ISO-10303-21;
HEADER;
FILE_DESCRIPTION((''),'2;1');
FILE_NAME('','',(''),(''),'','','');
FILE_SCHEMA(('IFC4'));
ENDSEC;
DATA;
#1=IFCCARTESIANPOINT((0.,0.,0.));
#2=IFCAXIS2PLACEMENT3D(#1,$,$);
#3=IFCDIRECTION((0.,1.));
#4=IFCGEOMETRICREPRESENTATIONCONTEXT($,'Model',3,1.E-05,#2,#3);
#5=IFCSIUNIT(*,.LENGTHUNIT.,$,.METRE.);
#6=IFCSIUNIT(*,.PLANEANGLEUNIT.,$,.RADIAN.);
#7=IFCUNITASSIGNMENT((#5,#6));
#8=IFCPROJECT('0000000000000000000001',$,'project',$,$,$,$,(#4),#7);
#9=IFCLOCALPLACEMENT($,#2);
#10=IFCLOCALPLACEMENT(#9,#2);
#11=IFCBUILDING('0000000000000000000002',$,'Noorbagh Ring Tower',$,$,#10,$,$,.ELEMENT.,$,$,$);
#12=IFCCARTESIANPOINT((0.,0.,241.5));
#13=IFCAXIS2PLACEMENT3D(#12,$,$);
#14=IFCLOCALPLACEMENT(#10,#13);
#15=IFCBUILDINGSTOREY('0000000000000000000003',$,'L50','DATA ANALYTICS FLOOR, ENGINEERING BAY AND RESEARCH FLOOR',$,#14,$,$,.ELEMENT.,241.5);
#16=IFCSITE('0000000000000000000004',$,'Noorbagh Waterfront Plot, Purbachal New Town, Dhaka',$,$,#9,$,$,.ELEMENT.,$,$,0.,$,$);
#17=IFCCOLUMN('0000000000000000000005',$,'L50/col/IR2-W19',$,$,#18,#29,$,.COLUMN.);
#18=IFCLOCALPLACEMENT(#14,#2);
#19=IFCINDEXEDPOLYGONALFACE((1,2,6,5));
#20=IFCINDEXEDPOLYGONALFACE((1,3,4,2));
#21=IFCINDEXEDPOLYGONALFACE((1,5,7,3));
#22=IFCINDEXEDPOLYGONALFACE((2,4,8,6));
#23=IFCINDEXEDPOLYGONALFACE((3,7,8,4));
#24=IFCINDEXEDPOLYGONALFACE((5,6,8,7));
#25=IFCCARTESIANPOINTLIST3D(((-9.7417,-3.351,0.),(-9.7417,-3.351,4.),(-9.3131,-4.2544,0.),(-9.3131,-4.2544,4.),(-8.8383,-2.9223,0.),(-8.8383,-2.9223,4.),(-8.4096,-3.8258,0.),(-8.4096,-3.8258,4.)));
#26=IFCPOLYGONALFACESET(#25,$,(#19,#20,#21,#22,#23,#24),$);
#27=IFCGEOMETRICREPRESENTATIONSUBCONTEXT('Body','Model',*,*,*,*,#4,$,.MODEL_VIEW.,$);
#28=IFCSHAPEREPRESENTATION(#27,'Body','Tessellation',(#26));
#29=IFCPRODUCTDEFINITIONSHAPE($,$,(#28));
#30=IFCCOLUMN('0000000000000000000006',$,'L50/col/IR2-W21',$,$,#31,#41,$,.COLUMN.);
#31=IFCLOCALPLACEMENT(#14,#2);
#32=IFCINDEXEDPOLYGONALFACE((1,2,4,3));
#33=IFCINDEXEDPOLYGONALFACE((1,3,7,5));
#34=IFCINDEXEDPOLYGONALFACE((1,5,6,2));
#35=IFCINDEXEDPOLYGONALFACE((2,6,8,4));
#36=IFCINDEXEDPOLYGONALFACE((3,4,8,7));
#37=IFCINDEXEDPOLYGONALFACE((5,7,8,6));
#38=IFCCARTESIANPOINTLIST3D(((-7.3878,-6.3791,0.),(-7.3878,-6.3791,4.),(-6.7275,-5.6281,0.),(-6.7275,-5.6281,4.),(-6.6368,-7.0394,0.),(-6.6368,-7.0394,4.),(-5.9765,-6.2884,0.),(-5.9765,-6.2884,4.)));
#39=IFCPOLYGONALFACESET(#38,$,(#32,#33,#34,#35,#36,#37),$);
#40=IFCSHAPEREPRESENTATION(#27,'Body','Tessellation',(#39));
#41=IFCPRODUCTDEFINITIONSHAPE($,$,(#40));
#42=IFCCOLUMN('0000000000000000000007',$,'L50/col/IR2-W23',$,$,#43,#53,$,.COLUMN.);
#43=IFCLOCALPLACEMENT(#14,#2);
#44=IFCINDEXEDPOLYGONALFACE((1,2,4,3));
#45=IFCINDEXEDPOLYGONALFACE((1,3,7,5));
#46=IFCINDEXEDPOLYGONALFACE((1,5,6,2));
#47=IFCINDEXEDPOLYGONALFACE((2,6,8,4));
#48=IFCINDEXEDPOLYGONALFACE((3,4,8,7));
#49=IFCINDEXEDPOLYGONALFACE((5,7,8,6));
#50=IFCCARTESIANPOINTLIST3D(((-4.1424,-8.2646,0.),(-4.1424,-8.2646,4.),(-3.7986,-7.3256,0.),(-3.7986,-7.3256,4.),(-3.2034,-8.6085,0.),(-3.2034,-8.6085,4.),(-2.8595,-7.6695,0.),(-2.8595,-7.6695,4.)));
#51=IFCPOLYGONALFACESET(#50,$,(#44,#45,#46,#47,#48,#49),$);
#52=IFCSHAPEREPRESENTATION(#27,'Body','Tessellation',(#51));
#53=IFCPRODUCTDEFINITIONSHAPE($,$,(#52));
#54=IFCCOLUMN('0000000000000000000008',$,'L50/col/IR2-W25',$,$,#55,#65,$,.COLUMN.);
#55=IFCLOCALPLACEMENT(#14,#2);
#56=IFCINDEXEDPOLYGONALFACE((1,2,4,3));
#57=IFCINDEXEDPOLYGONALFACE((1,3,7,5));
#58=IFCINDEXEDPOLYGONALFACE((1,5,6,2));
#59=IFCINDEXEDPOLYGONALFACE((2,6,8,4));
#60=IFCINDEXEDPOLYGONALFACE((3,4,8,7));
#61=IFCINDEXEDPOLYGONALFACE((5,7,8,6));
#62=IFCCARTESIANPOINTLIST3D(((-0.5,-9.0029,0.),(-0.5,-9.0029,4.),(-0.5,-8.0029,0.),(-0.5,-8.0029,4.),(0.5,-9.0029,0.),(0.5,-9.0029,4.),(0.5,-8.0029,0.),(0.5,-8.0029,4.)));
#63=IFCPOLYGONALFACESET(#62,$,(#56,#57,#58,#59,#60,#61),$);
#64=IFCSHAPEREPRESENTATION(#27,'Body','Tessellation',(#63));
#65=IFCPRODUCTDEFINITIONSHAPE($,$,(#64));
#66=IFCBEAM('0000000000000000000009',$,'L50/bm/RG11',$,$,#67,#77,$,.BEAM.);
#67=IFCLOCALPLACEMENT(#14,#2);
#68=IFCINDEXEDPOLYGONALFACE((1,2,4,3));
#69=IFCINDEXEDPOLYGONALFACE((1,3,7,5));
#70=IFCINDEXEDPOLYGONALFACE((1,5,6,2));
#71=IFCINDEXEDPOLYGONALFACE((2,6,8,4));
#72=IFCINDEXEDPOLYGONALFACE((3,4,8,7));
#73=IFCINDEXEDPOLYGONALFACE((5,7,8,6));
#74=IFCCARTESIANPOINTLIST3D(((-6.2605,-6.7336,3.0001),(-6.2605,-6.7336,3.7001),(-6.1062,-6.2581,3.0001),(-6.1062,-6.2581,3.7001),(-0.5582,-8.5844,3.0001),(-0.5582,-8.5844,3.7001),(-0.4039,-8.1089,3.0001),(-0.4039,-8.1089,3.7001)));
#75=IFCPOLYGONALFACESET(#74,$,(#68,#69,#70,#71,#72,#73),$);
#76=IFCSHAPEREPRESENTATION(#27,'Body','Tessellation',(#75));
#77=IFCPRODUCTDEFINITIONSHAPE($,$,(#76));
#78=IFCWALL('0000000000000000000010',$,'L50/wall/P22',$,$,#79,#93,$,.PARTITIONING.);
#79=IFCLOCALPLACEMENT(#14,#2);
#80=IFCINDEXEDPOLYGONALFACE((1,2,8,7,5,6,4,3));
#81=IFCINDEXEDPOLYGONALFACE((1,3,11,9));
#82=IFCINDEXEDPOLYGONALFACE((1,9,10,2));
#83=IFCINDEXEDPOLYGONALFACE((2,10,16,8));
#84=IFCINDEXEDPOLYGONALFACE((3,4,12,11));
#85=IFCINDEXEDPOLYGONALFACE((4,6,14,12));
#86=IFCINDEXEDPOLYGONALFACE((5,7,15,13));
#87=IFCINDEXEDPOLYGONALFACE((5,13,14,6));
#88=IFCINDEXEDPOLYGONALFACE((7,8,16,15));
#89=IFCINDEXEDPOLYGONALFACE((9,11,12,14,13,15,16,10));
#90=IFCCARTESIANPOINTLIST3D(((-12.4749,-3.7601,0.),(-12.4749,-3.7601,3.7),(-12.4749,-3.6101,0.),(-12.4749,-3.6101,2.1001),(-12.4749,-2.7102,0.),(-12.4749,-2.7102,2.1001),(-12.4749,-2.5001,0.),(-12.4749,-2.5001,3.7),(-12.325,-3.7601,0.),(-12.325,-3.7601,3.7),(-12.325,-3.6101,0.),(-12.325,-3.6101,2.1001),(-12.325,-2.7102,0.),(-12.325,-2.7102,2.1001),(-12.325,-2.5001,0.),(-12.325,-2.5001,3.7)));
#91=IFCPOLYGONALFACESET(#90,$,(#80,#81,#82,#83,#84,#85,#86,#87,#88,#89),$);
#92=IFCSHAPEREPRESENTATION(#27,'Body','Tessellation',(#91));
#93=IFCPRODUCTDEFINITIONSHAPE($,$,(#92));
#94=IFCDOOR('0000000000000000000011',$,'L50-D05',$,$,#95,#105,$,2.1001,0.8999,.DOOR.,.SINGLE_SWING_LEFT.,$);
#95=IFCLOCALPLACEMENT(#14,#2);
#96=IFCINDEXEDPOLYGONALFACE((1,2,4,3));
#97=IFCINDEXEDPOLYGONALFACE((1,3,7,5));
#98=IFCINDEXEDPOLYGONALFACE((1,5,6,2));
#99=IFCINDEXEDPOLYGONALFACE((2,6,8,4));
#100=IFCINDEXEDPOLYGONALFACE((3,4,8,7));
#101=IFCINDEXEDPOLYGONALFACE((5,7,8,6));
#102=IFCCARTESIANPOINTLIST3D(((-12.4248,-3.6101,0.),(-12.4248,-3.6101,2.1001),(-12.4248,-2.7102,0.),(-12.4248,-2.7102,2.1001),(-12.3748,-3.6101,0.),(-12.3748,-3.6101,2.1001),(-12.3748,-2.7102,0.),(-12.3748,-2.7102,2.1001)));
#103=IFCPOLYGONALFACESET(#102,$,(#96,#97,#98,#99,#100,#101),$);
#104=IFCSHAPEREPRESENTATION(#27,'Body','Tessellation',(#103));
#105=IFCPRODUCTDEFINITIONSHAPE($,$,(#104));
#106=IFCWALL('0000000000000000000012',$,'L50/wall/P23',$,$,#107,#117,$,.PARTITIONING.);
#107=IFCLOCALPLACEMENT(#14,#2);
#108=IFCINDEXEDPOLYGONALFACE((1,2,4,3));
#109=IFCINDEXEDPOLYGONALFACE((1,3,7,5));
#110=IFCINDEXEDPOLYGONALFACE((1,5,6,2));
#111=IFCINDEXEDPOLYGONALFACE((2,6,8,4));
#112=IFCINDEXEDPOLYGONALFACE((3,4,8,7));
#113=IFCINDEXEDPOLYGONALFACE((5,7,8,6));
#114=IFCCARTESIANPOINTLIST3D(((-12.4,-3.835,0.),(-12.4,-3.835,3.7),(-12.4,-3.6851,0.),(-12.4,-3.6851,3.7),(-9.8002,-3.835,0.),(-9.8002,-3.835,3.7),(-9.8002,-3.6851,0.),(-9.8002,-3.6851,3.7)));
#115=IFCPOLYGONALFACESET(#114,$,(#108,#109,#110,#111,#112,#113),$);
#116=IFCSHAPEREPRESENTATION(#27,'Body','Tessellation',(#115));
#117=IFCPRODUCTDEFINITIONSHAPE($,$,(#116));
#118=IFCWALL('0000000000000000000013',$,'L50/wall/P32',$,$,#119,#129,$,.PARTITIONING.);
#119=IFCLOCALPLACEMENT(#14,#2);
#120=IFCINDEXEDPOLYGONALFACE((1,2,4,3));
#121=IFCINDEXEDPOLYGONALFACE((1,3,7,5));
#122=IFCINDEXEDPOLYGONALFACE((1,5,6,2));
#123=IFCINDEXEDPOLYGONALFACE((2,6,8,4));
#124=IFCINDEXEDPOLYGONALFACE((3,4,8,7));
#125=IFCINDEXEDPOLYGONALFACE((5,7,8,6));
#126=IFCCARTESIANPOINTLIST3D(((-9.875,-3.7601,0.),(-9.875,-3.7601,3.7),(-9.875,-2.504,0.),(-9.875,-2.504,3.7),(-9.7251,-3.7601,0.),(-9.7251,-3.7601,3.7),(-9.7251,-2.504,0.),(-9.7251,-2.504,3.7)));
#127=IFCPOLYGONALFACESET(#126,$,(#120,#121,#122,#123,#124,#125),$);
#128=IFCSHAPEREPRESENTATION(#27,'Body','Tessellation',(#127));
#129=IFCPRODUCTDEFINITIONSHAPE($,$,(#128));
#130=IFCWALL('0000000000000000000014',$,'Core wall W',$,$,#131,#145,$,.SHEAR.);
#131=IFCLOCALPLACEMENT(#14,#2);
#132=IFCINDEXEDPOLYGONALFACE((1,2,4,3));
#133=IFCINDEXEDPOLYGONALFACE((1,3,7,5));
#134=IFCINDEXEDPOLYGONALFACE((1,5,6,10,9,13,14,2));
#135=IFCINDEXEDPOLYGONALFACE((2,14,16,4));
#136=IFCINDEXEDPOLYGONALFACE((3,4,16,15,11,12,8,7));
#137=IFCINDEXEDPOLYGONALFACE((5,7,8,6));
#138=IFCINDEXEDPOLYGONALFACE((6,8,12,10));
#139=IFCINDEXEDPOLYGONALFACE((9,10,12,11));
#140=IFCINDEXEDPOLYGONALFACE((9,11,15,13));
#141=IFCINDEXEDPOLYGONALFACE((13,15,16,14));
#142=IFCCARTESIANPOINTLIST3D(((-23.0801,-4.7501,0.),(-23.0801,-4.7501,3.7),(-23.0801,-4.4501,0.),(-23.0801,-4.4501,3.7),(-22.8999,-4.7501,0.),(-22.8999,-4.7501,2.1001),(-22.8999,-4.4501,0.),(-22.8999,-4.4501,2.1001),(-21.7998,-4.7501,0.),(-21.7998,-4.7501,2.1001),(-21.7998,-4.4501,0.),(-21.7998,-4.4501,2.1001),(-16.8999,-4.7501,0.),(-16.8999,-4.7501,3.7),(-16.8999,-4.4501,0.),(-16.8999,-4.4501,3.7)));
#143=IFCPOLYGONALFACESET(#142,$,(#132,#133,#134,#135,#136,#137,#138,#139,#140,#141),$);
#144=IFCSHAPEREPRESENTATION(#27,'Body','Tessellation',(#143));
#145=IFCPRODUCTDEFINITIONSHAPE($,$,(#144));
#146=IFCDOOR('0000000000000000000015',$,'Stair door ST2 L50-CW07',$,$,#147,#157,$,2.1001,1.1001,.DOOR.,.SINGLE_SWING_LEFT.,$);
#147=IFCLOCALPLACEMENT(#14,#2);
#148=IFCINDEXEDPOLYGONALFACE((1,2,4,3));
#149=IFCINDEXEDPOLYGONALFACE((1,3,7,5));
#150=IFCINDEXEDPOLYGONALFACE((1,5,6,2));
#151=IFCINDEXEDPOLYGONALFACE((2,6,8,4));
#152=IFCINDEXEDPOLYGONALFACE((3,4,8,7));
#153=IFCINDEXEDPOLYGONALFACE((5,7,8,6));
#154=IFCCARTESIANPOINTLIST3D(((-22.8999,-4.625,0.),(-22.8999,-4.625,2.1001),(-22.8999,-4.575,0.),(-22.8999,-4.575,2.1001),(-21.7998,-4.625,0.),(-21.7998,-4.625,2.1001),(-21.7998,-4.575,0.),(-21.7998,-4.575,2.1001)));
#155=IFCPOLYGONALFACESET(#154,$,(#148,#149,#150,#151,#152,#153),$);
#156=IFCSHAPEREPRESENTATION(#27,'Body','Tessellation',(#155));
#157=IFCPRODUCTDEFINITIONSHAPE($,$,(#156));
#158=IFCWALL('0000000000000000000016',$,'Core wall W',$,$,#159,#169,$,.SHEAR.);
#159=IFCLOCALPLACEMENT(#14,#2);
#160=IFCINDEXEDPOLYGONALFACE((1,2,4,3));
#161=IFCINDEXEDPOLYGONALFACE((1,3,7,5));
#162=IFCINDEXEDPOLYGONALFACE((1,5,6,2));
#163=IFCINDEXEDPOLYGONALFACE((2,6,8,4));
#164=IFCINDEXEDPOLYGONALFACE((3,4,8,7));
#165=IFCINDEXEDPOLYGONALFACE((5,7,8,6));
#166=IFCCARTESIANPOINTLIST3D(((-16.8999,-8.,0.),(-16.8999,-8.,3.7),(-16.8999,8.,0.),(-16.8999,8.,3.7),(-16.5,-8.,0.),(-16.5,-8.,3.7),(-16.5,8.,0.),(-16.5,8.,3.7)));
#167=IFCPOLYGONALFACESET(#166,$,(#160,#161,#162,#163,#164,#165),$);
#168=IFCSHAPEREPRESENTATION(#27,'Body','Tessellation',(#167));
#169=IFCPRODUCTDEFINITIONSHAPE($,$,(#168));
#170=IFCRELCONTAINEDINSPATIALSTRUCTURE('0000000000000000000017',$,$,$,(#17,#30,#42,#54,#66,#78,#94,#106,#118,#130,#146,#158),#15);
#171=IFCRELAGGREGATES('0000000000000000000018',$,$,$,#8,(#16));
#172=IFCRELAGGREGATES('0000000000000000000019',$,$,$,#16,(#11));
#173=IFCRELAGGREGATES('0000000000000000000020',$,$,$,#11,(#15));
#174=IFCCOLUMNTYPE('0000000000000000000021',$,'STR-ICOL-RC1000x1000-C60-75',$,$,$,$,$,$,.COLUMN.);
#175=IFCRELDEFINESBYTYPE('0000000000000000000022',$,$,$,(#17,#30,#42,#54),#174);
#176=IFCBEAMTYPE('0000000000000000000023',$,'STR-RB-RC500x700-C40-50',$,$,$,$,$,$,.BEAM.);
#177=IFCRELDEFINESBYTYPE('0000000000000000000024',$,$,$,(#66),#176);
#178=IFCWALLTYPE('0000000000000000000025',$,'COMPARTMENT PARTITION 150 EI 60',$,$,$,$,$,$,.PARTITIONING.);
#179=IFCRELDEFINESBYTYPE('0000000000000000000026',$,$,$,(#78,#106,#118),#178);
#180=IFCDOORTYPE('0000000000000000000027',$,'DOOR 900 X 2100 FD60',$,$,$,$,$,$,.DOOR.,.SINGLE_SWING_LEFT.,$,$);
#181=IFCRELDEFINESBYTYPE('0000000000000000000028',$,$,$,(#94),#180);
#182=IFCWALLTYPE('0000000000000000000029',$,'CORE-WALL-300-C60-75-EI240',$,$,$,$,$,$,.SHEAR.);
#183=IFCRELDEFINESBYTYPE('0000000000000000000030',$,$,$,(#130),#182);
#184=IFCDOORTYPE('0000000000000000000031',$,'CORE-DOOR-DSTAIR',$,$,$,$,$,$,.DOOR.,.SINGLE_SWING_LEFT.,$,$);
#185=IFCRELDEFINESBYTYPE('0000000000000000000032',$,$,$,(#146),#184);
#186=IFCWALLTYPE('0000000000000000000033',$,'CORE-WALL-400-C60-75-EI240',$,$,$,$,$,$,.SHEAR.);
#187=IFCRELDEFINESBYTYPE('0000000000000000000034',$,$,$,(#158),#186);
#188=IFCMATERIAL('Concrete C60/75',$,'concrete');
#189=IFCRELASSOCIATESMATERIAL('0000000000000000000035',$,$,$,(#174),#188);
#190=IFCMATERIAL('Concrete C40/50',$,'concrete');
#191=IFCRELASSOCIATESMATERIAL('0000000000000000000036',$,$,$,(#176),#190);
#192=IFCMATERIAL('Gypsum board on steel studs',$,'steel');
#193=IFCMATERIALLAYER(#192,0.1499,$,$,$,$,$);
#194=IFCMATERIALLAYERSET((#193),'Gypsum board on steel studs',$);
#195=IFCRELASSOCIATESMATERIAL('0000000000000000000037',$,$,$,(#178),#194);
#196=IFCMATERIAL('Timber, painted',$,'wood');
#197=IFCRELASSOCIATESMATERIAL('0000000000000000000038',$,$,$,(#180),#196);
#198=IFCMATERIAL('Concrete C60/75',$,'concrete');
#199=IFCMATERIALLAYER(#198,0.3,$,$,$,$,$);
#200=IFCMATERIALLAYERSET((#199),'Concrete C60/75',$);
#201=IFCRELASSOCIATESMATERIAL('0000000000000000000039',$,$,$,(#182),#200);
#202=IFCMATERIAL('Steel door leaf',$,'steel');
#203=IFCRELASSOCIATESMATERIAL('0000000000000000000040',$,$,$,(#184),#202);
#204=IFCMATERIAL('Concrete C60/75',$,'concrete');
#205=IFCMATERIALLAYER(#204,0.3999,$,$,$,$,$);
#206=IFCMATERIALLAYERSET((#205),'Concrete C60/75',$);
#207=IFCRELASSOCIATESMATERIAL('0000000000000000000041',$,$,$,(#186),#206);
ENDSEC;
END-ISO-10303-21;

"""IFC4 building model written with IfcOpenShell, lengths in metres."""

from ifc_helpers import new_model, si_unit, direction, frame, frame_2d, origin, origin_2d, place, context, subcontext, project, spatial, rectangle, extrude, material, layer, layer_set, material_profile, profile_set, type_object, element, fill, save


model = new_model("IFC4")

# Units and contexts
model_context = context("Model", 3, precision=1e-05, world=origin(), true_north=direction((0.0, 1.0)))
body_context = subcontext(model_context, "Body", "Model", "MODEL_VIEW")
ifc_project = project(units=[si_unit("LENGTHUNIT", "METRE"), si_unit("PLANEANGLEUNIT", "RADIAN")], contexts=[model_context])

# Site, building, storey
site_placement = place(None, origin())
site = spatial("IfcSite", under=ifc_project, at=site_placement, Name="Noorbagh Waterfront Plot, Purbachal New Town, Dhaka", CompositionType="ELEMENT", RefElevation=0.0)
building_placement = place(site_placement, origin())
building = spatial("IfcBuilding", under=site, at=building_placement, Name="Noorbagh Ring Tower", CompositionType="ELEMENT")
storey_placement = place(building_placement, frame((0.0, 0.0, 241.5)))
storey = spatial("IfcBuildingStorey", under=building, at=storey_placement, Name="L50", Description="DATA ANALYTICS FLOOR, ENGINEERING BAY AND RESEARCH FLOOR", CompositionType="ELEMENT", Elevation=241.5)

# Columns
ifc_material_1 = material(Name="Concrete C60/75", Category="concrete")
ifc_material_profile_1 = material_profile(ifc_material_1, rectangle(XDim=1.0, YDim=1.0, at=origin_2d()), Name="RC1000x1000")
ifc_profile_set_1 = profile_set([ifc_material_profile_1], Name="Concrete C60/75")
column_type = type_object("IfcColumnType", Name="STR-ICOL-RC1000x1000-C60-75", PredefinedType="COLUMN", material=ifc_profile_set_1)
for number, where, z_axis, x_axis, name in (
    (1, (-9.0757, -3.5884, 0.0), (0.0, 0.0, 1.0), (0.428667, -0.903463, 0.0), "L50/col/IR2-W19"),
    (2, (-6.6821, -6.3337, 0.0), (0.0, 0.0, 1.0), (0.751022, -0.660277, 0.0), "L50/col/IR2-W21"),
    (3, (-3.501, -7.967, 0.0), (0.0, 0.0, 1.0), (0.93902, -0.343864, 0.0), "L50/col/IR2-W23"),
    (4, (0.0, -8.5029, 0.0), (0.0, 0.0, 1.0), (1.0, 0.0, 0.0), "L50/col/IR2-W25"),
):
    element("IfcColumn", number, at=place(storey_placement, frame(where, z_axis=z_axis, x_axis=x_axis)), inside=storey, type_object=column_type, Name=name, PredefinedType="COLUMN", context=body_context, shape_type="SweptSolid", body=[
        extrude(rectangle(XDim=1.0, YDim=1.0, at=origin_2d()), origin(), (0.0, 0.0, 1.0), 4.0),
    ])

# Beam
ifc_material_2 = material(Name="Concrete C40/50", Category="concrete")
ifc_material_profile_2 = material_profile(ifc_material_2, rectangle(XDim=0.5, YDim=0.7, at=origin_2d()), Name="RC500x700")
ifc_profile_set_2 = profile_set([ifc_material_profile_2], Name="Concrete C40/50")
beam_type = type_object("IfcBeamType", Name="STR-RB-RC500x700-C40-50", PredefinedType="BEAM", material=ifc_profile_set_2)
beam_placement = place(storey_placement, frame((-6.1833, -6.4958, 3.3501), z_axis=(0.951154, -0.308717, 0.0), x_axis=(0.308717, 0.951154, 0.0)))
element("IfcBeam", 5, at=beam_placement, inside=storey, type_object=beam_type, Name="L50/bm/RG11", PredefinedType="BEAM", context=body_context, shape_type="SweptSolid", body=[
    extrude(rectangle(XDim=0.5, YDim=0.7, at=origin_2d()), origin(), (0.0, 0.0, 1.0), 5.9951),
])

# Wall, opening, door
ifc_material_3 = material(Name="Gypsum board on steel studs", Category="steel")
ifc_layer_1 = layer(ifc_material_3, 0.1499)
ifc_layer_set_1 = layer_set([ifc_layer_1], Name="Gypsum board on steel studs")
wall_type_1 = type_object("IfcWallType", Name="COMPARTMENT PARTITION 150 EI 60", PredefinedType="PARTITIONING", material=ifc_layer_set_1)
wall_1_placement = place(storey_placement, frame((-12.3999, -3.76, 0.0), z_axis=(0.0, 0.0, 1.0), x_axis=(0.0, 1.0, 0.0)))
wall_1 = element("IfcWall", 6, at=wall_1_placement, inside=storey, type_object=wall_type_1, Name="L50/wall/P22", PredefinedType="PARTITIONING", context=body_context, shape_type="SweptSolid", body=[
    extrude(rectangle(XDim=1.26, YDim=0.1499, at=frame_2d((0.6299, 0.0))), origin(), (0.0, 0.0, 1.0), 3.7),
])
opening_1_placement = place(wall_1_placement, frame((0.1499, 0.0, 0.0)))
opening_1 = element("IfcOpeningElement", 7, at=opening_1_placement, cuts=wall_1, PredefinedType="OPENING", context=body_context, shape_type="SweptSolid", body=[
    extrude(rectangle(XDim=0.8999, YDim=2.1001, at=frame_2d((0.45, 1.05))), frame((0.0, 0.085, 0.0), z_axis=(0.0, -1.0, 0.0), x_axis=(1.0, 0.0, 0.0)), (0.0, 0.0, 1.0), 0.1699),
])
ifc_material_4 = material(Name="Timber, painted", Category="wood")
door_type_1 = type_object("IfcDoorType", Name="DOOR 900 X 2100 FD60", OperationType="SINGLE_SWING_LEFT", PredefinedType="DOOR", material=ifc_material_4)
door_1_placement = place(opening_1_placement, origin())
door_1 = element("IfcDoor", 8, at=door_1_placement, inside=storey, type_object=door_type_1, Name="L50-D05", OperationType="SINGLE_SWING_LEFT", OverallHeight=2.1001, OverallWidth=0.8999, PredefinedType="DOOR", context=body_context, shape_type="SweptSolid", body=[
    extrude(rectangle(XDim=0.8999, YDim=2.1001, at=frame_2d((0.45, 1.05))), frame((0.0, 0.0249, 0.0), z_axis=(0.0, -1.0, 0.0), x_axis=(1.0, 0.0, 0.0)), (0.0, 0.0, 1.0), 0.05),
])
fill(opening_1, door_1)

# Walls
wall_2_placement = place(storey_placement, frame((-12.3999, -3.76, 0.0), z_axis=(0.0, 0.0, 1.0), x_axis=(1.0, 0.0, 0.0)))
element("IfcWall", 9, at=wall_2_placement, inside=storey, type_object=wall_type_1, Name="L50/wall/P23", PredefinedType="PARTITIONING", context=body_context, shape_type="SweptSolid", body=[
    extrude(rectangle(XDim=2.5999, YDim=0.1499, at=frame_2d((1.2998, 0.0))), origin(), (0.0, 0.0, 1.0), 3.7),
])
wall_3_placement = place(storey_placement, frame((-9.8, -3.76, 0.0), z_axis=(0.0, 0.0, 1.0), x_axis=(0.0, 1.0, 0.0)))
element("IfcWall", 10, at=wall_3_placement, inside=storey, type_object=wall_type_1, Name="L50/wall/P32", PredefinedType="PARTITIONING", context=body_context, shape_type="SweptSolid", body=[
    extrude(rectangle(XDim=1.2561, YDim=0.1499, at=frame_2d((0.6279, 0.0))), origin(), (0.0, 0.0, 1.0), 3.7),
])

# Wall, opening, door
ifc_material_5 = material(Name="Concrete C60/75", Category="concrete")
ifc_layer_2 = layer(ifc_material_5, 0.3)
ifc_layer_set_2 = layer_set([ifc_layer_2], Name="Concrete C60/75")
wall_type_2 = type_object("IfcWallType", Name="CORE-WALL-300-C60-75-EI240", PredefinedType="SHEAR", material=ifc_layer_set_2)
wall_4_placement = place(storey_placement, frame((-16.8999, -4.6001, 0.0), z_axis=(0.0, 0.0, 1.0), x_axis=(-1.0, 0.0, 0.0)))
wall_4 = element("IfcWall", 11, at=wall_4_placement, inside=storey, type_object=wall_type_2, Name="Core wall W", PredefinedType="SHEAR", context=body_context, shape_type="SweptSolid", body=[
    extrude(rectangle(XDim=6.1802, YDim=0.3, at=frame_2d((3.0901, 0.0))), origin(), (0.0, 0.0, 1.0), 3.7),
])
opening_2_placement = place(wall_4_placement, frame((4.8999, 0.0, 0.0)))
opening_2 = element("IfcOpeningElement", 12, at=opening_2_placement, cuts=wall_4, PredefinedType="OPENING", context=body_context, shape_type="SweptSolid", body=[
    extrude(rectangle(XDim=1.1001, YDim=2.1001, at=frame_2d((0.55, 1.05))), frame((0.0, 0.1602, 0.0), z_axis=(0.0, -1.0, 0.0), x_axis=(1.0, 0.0, 0.0)), (0.0, 0.0, 1.0), 0.3201),
])
ifc_material_6 = material(Name="Steel door leaf", Category="steel")
door_type_2 = type_object("IfcDoorType", Name="CORE-DOOR-DSTAIR", OperationType="SINGLE_SWING_LEFT", PredefinedType="DOOR", material=ifc_material_6)
door_2_placement = place(opening_2_placement, origin())
door_2 = element("IfcDoor", 13, at=door_2_placement, inside=storey, type_object=door_type_2, Name="Stair door ST2 L50-CW07", OperationType="SINGLE_SWING_LEFT", OverallHeight=2.1001, OverallWidth=1.1001, PredefinedType="DOOR", context=body_context, shape_type="SweptSolid", body=[
    extrude(rectangle(XDim=1.1001, YDim=2.1001, at=frame_2d((0.55, 1.05))), frame((0.0, 0.0249, 0.0), z_axis=(0.0, -1.0, 0.0), x_axis=(1.0, 0.0, 0.0)), (0.0, 0.0, 1.0), 0.05),
])
fill(opening_2, door_2)

# Wall
ifc_material_7 = material(Name="Concrete C60/75", Category="concrete")
ifc_layer_3 = layer(ifc_material_7, 0.3999)
ifc_layer_set_3 = layer_set([ifc_layer_3], Name="Concrete C60/75")
wall_type_3 = type_object("IfcWallType", Name="CORE-WALL-400-C60-75-EI240", PredefinedType="SHEAR", material=ifc_layer_set_3)
wall_5_placement = place(storey_placement, frame((-16.7, -8.0, 0.0), z_axis=(0.0, 0.0, 1.0), x_axis=(0.0, 1.0, 0.0)))
element("IfcWall", 14, at=wall_5_placement, inside=storey, type_object=wall_type_3, Name="Core wall W", PredefinedType="SHEAR", context=body_context, shape_type="SweptSolid", body=[
    extrude(rectangle(XDim=16.0, YDim=0.3999, at=frame_2d((8.0, 0.0))), origin(), (0.0, 0.0, 1.0), 3.7),
])

save(model, "model.ifc")
